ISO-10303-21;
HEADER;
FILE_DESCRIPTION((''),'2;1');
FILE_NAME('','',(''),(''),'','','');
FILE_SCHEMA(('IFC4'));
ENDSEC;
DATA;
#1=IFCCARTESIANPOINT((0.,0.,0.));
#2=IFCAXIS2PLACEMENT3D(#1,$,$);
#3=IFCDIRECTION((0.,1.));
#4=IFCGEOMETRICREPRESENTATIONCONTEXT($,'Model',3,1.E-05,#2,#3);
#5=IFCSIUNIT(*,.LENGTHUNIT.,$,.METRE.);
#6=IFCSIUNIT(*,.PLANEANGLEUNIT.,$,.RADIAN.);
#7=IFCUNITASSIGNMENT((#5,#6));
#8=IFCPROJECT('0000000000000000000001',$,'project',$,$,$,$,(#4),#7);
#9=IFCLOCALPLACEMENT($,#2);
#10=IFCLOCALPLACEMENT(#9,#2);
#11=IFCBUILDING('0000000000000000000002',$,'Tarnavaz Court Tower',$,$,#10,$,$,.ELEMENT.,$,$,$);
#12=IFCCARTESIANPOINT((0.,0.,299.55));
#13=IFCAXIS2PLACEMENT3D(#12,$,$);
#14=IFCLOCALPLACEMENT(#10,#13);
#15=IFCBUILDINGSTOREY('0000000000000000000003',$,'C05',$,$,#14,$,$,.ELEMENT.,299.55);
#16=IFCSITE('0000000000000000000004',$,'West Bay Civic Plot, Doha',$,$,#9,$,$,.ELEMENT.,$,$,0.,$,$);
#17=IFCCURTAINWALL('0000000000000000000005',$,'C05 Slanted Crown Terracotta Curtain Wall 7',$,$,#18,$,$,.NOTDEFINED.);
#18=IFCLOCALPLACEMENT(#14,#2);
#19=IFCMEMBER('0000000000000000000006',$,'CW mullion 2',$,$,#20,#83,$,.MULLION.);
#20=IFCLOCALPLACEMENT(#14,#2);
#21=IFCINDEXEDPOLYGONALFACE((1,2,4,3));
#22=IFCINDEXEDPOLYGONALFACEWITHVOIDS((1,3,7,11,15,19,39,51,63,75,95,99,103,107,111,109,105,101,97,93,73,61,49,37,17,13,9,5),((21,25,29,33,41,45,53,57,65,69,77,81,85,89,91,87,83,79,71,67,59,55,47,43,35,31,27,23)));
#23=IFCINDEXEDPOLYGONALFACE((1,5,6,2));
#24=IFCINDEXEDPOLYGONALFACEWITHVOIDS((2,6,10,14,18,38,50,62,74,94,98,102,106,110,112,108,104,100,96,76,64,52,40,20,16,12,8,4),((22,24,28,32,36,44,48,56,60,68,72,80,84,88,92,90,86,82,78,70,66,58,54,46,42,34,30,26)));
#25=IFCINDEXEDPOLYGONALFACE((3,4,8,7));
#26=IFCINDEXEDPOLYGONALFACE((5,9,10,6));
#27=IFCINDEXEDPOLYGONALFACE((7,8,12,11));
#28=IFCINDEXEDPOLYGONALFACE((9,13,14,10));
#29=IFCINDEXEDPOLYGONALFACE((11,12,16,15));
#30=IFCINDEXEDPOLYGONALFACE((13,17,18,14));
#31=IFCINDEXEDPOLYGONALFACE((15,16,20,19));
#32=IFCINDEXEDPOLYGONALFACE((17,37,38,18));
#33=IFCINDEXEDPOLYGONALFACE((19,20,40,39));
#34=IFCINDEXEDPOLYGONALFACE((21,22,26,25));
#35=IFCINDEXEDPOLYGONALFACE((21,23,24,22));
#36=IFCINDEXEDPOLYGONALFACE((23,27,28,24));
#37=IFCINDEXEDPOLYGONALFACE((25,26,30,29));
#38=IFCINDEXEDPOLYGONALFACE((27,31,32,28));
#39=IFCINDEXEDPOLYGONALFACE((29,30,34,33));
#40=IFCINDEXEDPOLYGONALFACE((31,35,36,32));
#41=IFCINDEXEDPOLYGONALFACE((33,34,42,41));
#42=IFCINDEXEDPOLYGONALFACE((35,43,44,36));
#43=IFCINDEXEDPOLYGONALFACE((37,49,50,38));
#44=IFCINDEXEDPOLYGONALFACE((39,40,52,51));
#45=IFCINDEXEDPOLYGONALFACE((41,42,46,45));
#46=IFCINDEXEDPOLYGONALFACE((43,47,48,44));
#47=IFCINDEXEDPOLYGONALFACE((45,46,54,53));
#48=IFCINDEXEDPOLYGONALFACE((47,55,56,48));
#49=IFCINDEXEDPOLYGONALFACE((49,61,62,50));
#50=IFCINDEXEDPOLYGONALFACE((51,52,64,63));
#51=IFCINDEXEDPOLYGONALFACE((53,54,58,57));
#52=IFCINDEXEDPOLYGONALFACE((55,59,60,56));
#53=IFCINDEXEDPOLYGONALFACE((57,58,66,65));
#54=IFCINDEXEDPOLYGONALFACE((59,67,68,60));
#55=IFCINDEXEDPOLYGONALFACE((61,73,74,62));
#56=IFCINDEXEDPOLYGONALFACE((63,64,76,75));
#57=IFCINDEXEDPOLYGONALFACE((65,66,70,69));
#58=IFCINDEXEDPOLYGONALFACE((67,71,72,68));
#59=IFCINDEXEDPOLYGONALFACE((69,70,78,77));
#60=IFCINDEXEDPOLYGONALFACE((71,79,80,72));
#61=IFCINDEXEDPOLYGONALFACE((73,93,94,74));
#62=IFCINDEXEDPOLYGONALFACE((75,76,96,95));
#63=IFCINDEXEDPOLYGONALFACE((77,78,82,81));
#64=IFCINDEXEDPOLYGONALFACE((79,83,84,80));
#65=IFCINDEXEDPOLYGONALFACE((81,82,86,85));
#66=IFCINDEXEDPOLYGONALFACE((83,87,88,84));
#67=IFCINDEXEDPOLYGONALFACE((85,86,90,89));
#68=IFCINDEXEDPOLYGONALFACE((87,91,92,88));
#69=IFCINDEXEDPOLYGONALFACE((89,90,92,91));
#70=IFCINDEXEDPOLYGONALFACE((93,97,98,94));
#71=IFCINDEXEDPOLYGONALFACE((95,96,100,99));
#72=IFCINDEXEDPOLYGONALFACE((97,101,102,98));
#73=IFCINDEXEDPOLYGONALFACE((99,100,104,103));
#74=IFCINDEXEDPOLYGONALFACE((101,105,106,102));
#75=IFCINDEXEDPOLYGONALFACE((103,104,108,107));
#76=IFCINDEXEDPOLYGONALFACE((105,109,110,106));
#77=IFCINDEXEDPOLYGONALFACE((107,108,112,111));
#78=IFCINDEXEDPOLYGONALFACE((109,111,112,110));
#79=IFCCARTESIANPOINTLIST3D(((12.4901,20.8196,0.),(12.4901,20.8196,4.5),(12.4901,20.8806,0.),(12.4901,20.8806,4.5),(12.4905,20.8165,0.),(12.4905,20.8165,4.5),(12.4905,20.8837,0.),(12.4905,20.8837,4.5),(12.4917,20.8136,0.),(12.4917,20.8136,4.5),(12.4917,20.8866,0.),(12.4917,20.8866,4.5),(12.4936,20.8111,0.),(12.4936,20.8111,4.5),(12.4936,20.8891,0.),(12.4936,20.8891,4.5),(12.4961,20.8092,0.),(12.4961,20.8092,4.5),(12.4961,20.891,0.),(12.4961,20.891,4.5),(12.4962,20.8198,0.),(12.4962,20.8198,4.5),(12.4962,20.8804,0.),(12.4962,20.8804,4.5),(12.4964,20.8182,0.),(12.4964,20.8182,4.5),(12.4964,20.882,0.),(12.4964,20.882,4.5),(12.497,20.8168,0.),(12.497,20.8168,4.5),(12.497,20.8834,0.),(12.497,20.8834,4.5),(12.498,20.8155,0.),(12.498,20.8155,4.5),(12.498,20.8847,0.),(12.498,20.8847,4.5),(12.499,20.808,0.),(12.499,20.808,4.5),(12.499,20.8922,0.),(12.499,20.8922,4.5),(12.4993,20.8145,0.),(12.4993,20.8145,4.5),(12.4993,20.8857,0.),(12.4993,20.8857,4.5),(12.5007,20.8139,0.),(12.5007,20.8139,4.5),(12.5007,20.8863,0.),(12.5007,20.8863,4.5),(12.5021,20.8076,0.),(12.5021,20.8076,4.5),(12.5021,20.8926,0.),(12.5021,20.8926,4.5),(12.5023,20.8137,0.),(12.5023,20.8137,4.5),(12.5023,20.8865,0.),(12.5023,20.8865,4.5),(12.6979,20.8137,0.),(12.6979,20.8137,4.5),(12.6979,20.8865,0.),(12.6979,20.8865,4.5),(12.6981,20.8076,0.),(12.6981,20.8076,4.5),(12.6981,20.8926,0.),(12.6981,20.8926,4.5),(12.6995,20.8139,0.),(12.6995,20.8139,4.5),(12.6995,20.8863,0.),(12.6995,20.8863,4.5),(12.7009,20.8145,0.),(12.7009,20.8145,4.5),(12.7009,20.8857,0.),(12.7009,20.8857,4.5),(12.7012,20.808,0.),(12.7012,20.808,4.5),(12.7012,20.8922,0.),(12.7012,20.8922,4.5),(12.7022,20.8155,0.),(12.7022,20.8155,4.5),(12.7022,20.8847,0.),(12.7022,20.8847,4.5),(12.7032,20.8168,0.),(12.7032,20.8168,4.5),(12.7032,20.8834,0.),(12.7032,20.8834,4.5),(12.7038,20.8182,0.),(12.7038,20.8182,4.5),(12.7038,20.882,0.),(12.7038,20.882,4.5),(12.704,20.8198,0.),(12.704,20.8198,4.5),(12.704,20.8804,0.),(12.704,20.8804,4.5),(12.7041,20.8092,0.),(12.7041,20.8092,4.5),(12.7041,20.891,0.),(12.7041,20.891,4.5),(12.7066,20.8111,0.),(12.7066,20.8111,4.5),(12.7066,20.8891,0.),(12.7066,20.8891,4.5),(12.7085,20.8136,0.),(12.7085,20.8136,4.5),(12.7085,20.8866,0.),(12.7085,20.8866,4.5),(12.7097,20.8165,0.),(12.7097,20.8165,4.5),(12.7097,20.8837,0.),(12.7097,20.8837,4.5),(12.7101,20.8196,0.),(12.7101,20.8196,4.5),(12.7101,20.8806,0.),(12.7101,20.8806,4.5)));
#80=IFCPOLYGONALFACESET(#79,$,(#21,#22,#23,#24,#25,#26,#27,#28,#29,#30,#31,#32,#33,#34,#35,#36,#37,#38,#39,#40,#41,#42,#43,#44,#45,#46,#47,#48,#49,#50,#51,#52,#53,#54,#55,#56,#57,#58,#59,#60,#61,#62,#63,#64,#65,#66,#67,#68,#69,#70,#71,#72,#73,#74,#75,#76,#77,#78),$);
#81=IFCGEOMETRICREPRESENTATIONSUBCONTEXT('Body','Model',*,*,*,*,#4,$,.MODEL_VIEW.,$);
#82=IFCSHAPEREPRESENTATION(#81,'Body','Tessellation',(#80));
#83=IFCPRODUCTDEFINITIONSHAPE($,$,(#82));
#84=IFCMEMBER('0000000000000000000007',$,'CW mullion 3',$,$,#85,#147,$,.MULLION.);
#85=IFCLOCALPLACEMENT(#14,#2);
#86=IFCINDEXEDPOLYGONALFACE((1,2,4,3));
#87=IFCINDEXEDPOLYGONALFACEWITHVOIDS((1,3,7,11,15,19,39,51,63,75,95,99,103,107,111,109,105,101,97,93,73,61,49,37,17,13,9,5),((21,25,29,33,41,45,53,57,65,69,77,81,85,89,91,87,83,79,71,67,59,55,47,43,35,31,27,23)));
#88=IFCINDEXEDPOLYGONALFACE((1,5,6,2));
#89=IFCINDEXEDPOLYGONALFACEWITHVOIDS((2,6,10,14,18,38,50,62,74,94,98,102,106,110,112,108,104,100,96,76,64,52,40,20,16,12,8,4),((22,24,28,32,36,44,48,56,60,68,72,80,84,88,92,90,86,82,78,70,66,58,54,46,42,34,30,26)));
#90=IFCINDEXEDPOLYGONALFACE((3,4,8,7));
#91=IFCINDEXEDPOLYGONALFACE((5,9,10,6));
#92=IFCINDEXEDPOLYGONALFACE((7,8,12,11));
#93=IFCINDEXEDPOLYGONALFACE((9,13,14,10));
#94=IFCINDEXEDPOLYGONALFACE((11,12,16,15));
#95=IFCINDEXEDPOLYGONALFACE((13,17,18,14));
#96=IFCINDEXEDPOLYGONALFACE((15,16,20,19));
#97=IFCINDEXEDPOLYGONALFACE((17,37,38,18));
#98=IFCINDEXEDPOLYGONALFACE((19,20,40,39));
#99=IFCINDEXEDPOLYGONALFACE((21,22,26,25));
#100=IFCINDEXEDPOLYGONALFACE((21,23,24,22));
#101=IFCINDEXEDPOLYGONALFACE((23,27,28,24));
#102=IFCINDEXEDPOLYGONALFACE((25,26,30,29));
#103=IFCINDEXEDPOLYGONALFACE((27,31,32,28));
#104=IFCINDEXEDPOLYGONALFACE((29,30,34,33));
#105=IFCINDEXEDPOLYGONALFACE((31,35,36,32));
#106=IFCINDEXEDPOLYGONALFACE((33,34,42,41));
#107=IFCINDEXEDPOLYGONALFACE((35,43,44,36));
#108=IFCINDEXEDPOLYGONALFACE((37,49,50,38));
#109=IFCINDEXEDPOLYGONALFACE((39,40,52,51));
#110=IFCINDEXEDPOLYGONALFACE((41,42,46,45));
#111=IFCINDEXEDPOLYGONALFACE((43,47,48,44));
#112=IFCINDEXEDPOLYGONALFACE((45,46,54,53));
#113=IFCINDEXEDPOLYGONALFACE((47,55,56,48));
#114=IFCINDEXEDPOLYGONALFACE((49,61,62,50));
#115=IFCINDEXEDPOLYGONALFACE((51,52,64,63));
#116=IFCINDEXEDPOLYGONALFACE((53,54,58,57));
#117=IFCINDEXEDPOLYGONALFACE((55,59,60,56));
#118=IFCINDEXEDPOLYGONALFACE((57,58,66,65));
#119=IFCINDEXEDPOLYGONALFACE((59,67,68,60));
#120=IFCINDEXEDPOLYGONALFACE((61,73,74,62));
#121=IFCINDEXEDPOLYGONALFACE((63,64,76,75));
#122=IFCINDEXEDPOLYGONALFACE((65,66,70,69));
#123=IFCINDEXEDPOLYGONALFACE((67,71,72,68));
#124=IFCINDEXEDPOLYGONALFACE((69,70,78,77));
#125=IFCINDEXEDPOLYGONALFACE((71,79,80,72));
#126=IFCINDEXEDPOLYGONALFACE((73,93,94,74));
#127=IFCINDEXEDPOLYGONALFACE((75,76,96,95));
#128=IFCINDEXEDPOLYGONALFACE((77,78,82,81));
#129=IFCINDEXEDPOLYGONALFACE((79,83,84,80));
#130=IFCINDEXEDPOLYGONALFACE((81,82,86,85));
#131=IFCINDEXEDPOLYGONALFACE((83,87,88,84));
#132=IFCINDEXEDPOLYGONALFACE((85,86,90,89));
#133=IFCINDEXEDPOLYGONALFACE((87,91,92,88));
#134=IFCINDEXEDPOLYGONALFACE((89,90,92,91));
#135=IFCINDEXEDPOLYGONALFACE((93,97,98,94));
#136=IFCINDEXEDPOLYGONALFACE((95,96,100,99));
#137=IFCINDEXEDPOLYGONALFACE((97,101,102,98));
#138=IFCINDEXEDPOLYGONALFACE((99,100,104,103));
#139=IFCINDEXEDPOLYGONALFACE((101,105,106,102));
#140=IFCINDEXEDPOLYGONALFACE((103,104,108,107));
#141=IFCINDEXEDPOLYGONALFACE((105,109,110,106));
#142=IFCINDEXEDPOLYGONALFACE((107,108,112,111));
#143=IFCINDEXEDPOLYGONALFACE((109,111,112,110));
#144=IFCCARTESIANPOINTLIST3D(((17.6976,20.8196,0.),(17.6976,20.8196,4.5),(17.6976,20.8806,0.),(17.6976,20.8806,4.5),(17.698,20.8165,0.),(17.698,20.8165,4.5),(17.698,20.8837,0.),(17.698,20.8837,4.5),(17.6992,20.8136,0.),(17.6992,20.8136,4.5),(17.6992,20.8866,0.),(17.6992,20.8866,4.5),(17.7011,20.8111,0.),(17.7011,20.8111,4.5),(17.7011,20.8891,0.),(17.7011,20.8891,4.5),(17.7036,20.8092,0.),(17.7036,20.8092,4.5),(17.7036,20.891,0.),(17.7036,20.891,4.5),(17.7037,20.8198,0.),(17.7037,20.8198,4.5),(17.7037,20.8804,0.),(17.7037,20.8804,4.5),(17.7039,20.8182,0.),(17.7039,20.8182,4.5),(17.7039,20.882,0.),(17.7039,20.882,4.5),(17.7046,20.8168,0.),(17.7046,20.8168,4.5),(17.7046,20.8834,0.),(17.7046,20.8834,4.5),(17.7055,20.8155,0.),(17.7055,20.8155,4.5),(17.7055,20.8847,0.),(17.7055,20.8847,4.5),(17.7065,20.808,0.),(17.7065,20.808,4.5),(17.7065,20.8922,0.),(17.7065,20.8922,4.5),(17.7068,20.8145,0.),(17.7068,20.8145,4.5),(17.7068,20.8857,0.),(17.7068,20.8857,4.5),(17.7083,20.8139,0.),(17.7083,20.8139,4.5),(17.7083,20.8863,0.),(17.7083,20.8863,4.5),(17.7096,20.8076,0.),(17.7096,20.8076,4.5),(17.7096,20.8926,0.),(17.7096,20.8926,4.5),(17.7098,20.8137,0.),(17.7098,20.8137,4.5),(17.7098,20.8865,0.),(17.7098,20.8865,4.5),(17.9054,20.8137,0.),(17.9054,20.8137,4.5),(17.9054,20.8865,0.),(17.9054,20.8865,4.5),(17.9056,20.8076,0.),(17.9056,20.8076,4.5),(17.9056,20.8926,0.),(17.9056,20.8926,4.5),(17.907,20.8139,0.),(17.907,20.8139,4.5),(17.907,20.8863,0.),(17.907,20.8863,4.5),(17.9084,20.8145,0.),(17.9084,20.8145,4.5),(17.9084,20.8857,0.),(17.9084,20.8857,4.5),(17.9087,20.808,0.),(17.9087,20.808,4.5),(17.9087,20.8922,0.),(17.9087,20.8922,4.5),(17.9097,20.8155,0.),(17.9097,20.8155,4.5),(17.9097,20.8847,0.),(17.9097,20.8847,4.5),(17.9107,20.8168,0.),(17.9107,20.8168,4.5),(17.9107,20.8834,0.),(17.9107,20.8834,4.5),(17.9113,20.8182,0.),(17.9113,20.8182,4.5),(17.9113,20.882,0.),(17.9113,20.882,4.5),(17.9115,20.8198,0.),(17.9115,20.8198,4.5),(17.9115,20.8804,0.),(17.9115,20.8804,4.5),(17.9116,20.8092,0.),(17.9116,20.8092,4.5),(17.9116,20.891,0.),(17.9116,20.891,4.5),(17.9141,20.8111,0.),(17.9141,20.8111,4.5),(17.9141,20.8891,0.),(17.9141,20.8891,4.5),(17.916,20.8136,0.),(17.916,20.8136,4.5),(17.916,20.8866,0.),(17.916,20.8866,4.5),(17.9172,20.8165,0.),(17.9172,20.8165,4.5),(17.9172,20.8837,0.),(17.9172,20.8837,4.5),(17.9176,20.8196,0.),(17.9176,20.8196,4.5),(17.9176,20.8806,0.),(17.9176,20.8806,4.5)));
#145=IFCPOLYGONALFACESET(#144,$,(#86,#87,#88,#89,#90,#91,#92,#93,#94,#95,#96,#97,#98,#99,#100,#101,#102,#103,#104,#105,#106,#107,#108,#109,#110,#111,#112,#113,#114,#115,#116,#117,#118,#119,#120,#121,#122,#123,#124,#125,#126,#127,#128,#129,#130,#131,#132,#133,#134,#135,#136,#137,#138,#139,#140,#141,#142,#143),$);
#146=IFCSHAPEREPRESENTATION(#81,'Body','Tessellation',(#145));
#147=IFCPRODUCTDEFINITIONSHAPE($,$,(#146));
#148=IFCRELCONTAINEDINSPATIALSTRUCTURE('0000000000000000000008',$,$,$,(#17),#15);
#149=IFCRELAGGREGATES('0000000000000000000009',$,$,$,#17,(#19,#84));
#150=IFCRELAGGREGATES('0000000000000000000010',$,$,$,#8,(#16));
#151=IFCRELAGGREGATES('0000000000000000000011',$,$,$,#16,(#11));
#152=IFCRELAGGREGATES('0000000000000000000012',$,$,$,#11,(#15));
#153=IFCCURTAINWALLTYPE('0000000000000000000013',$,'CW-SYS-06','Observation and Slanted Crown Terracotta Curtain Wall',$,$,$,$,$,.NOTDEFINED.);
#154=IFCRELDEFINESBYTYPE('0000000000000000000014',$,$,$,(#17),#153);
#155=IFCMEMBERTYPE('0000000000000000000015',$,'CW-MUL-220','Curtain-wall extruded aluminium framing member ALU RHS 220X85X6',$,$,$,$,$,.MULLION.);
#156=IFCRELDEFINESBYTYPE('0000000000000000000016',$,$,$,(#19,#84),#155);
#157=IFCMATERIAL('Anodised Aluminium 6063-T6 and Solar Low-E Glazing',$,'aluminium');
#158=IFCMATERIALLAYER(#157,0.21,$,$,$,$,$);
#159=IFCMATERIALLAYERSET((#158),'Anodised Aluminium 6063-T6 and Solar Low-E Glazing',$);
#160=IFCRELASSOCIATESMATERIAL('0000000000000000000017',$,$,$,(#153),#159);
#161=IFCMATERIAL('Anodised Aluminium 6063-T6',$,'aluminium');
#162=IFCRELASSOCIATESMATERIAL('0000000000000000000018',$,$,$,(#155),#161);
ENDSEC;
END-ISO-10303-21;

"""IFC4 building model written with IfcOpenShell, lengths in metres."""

from ifc_helpers import new_model, si_unit, direction, frame, origin, origin_2d, place, context, subcontext, project, spatial, hollow_rectangle, extrude, material, layer, layer_set, material_profile, profile_set, type_object, element, aggregate, save


model = new_model("IFC4")

# Units and contexts
model_context = context("Model", 3, precision=1e-05, world=origin(), true_north=direction((0.0, 1.0)))
body_context = subcontext(model_context, "Body", "Model", "MODEL_VIEW")
ifc_project = project(units=[si_unit("LENGTHUNIT", "METRE"), si_unit("PLANEANGLEUNIT", "RADIAN")], contexts=[model_context])

# Site, building, storey
site_placement = place(None, origin())
site = spatial("IfcSite", under=ifc_project, at=site_placement, Name="West Bay Civic Plot, Doha", CompositionType="ELEMENT", RefElevation=0.0)
building_placement = place(site_placement, origin())
building = spatial("IfcBuilding", under=site, at=building_placement, Name="Tarnavaz Court Tower", CompositionType="ELEMENT")
storey_placement = place(building_placement, frame((0.0, 0.0, 299.55)))
storey = spatial("IfcBuildingStorey", under=building, at=storey_placement, Name="C05", CompositionType="ELEMENT", Elevation=299.55)

# Shared definitions
ifc_material_1 = material(Name="Anodised Aluminium 6063-T6 and Solar Low-E Glazing", Category="aluminium")
ifc_layer_1 = layer(ifc_material_1, 0.21)
ifc_layer_set_1 = layer_set([ifc_layer_1], Name="Anodised Aluminium 6063-T6 and Solar Low-E Glazing")
curtain_wall_type = type_object("IfcCurtainWallType", Name="CW-SYS-06", Description="Observation and Slanted Crown Terracotta Curtain Wall", PredefinedType="NOTDEFINED", material=ifc_layer_set_1)
ifc_material_2 = material(Name="Anodised Aluminium 6063-T6", Category="aluminium")
ifc_material_profile_1 = material_profile(ifc_material_2, hollow_rectangle(XDim=0.085, YDim=0.22, WallThickness=0.0061, InnerFilletRadius=0.0061, OuterFilletRadius=0.012, at=origin_2d()), Name="ALU RHS 220X85X6")
ifc_profile_set_1 = profile_set([ifc_material_profile_1], Name="Anodised Aluminium 6063-T6")
member_type_1 = type_object("IfcMemberType", Name="CW-MUL-220", Description="Curtain-wall extruded aluminium framing member ALU RHS 220X85X6", PredefinedType="MULLION", material=ifc_profile_set_1)

# Curtain wall, members
curtain_wall_1_placement = place(storey_placement, origin())
curtain_wall_1 = element("IfcCurtainWall", 1, at=curtain_wall_1_placement, inside=storey, type_object=curtain_wall_type, Name="C05 Slanted Crown Terracotta Curtain Wall 7", PredefinedType="NOTDEFINED")
member_1_placement = place(storey_placement, frame((12.6001, 20.8501, 0.0), z_axis=(0.0, 0.0, 1.0), x_axis=(0.0, 1.0, 0.0)))
member_1 = element("IfcMember", 2, at=member_1_placement, type_object=member_type_1, Name="CW mullion 2", PredefinedType="MULLION", context=body_context, shape_type="SweptSolid", body=[
    extrude(hollow_rectangle(XDim=0.085, YDim=0.22, WallThickness=0.0061, InnerFilletRadius=0.0061, OuterFilletRadius=0.012, at=origin_2d()), origin(), (0.0, 0.0, 1.0), 4.5),
])
member_2_placement = place(storey_placement, frame((17.8076, 20.8501, 0.0), z_axis=(0.0, 0.0, 1.0), x_axis=(0.0, 1.0, 0.0)))
member_2 = element("IfcMember", 3, at=member_2_placement, type_object=member_type_1, Name="CW mullion 3", PredefinedType="MULLION", context=body_context, shape_type="SweptSolid", body=[
    extrude(hollow_rectangle(XDim=0.085, YDim=0.22, WallThickness=0.0061, InnerFilletRadius=0.0061, OuterFilletRadius=0.012, at=origin_2d()), origin(), (0.0, 0.0, 1.0), 4.5),
])

aggregate(curtain_wall_1, [member_1, member_2])

save(model, "model.ifc")
